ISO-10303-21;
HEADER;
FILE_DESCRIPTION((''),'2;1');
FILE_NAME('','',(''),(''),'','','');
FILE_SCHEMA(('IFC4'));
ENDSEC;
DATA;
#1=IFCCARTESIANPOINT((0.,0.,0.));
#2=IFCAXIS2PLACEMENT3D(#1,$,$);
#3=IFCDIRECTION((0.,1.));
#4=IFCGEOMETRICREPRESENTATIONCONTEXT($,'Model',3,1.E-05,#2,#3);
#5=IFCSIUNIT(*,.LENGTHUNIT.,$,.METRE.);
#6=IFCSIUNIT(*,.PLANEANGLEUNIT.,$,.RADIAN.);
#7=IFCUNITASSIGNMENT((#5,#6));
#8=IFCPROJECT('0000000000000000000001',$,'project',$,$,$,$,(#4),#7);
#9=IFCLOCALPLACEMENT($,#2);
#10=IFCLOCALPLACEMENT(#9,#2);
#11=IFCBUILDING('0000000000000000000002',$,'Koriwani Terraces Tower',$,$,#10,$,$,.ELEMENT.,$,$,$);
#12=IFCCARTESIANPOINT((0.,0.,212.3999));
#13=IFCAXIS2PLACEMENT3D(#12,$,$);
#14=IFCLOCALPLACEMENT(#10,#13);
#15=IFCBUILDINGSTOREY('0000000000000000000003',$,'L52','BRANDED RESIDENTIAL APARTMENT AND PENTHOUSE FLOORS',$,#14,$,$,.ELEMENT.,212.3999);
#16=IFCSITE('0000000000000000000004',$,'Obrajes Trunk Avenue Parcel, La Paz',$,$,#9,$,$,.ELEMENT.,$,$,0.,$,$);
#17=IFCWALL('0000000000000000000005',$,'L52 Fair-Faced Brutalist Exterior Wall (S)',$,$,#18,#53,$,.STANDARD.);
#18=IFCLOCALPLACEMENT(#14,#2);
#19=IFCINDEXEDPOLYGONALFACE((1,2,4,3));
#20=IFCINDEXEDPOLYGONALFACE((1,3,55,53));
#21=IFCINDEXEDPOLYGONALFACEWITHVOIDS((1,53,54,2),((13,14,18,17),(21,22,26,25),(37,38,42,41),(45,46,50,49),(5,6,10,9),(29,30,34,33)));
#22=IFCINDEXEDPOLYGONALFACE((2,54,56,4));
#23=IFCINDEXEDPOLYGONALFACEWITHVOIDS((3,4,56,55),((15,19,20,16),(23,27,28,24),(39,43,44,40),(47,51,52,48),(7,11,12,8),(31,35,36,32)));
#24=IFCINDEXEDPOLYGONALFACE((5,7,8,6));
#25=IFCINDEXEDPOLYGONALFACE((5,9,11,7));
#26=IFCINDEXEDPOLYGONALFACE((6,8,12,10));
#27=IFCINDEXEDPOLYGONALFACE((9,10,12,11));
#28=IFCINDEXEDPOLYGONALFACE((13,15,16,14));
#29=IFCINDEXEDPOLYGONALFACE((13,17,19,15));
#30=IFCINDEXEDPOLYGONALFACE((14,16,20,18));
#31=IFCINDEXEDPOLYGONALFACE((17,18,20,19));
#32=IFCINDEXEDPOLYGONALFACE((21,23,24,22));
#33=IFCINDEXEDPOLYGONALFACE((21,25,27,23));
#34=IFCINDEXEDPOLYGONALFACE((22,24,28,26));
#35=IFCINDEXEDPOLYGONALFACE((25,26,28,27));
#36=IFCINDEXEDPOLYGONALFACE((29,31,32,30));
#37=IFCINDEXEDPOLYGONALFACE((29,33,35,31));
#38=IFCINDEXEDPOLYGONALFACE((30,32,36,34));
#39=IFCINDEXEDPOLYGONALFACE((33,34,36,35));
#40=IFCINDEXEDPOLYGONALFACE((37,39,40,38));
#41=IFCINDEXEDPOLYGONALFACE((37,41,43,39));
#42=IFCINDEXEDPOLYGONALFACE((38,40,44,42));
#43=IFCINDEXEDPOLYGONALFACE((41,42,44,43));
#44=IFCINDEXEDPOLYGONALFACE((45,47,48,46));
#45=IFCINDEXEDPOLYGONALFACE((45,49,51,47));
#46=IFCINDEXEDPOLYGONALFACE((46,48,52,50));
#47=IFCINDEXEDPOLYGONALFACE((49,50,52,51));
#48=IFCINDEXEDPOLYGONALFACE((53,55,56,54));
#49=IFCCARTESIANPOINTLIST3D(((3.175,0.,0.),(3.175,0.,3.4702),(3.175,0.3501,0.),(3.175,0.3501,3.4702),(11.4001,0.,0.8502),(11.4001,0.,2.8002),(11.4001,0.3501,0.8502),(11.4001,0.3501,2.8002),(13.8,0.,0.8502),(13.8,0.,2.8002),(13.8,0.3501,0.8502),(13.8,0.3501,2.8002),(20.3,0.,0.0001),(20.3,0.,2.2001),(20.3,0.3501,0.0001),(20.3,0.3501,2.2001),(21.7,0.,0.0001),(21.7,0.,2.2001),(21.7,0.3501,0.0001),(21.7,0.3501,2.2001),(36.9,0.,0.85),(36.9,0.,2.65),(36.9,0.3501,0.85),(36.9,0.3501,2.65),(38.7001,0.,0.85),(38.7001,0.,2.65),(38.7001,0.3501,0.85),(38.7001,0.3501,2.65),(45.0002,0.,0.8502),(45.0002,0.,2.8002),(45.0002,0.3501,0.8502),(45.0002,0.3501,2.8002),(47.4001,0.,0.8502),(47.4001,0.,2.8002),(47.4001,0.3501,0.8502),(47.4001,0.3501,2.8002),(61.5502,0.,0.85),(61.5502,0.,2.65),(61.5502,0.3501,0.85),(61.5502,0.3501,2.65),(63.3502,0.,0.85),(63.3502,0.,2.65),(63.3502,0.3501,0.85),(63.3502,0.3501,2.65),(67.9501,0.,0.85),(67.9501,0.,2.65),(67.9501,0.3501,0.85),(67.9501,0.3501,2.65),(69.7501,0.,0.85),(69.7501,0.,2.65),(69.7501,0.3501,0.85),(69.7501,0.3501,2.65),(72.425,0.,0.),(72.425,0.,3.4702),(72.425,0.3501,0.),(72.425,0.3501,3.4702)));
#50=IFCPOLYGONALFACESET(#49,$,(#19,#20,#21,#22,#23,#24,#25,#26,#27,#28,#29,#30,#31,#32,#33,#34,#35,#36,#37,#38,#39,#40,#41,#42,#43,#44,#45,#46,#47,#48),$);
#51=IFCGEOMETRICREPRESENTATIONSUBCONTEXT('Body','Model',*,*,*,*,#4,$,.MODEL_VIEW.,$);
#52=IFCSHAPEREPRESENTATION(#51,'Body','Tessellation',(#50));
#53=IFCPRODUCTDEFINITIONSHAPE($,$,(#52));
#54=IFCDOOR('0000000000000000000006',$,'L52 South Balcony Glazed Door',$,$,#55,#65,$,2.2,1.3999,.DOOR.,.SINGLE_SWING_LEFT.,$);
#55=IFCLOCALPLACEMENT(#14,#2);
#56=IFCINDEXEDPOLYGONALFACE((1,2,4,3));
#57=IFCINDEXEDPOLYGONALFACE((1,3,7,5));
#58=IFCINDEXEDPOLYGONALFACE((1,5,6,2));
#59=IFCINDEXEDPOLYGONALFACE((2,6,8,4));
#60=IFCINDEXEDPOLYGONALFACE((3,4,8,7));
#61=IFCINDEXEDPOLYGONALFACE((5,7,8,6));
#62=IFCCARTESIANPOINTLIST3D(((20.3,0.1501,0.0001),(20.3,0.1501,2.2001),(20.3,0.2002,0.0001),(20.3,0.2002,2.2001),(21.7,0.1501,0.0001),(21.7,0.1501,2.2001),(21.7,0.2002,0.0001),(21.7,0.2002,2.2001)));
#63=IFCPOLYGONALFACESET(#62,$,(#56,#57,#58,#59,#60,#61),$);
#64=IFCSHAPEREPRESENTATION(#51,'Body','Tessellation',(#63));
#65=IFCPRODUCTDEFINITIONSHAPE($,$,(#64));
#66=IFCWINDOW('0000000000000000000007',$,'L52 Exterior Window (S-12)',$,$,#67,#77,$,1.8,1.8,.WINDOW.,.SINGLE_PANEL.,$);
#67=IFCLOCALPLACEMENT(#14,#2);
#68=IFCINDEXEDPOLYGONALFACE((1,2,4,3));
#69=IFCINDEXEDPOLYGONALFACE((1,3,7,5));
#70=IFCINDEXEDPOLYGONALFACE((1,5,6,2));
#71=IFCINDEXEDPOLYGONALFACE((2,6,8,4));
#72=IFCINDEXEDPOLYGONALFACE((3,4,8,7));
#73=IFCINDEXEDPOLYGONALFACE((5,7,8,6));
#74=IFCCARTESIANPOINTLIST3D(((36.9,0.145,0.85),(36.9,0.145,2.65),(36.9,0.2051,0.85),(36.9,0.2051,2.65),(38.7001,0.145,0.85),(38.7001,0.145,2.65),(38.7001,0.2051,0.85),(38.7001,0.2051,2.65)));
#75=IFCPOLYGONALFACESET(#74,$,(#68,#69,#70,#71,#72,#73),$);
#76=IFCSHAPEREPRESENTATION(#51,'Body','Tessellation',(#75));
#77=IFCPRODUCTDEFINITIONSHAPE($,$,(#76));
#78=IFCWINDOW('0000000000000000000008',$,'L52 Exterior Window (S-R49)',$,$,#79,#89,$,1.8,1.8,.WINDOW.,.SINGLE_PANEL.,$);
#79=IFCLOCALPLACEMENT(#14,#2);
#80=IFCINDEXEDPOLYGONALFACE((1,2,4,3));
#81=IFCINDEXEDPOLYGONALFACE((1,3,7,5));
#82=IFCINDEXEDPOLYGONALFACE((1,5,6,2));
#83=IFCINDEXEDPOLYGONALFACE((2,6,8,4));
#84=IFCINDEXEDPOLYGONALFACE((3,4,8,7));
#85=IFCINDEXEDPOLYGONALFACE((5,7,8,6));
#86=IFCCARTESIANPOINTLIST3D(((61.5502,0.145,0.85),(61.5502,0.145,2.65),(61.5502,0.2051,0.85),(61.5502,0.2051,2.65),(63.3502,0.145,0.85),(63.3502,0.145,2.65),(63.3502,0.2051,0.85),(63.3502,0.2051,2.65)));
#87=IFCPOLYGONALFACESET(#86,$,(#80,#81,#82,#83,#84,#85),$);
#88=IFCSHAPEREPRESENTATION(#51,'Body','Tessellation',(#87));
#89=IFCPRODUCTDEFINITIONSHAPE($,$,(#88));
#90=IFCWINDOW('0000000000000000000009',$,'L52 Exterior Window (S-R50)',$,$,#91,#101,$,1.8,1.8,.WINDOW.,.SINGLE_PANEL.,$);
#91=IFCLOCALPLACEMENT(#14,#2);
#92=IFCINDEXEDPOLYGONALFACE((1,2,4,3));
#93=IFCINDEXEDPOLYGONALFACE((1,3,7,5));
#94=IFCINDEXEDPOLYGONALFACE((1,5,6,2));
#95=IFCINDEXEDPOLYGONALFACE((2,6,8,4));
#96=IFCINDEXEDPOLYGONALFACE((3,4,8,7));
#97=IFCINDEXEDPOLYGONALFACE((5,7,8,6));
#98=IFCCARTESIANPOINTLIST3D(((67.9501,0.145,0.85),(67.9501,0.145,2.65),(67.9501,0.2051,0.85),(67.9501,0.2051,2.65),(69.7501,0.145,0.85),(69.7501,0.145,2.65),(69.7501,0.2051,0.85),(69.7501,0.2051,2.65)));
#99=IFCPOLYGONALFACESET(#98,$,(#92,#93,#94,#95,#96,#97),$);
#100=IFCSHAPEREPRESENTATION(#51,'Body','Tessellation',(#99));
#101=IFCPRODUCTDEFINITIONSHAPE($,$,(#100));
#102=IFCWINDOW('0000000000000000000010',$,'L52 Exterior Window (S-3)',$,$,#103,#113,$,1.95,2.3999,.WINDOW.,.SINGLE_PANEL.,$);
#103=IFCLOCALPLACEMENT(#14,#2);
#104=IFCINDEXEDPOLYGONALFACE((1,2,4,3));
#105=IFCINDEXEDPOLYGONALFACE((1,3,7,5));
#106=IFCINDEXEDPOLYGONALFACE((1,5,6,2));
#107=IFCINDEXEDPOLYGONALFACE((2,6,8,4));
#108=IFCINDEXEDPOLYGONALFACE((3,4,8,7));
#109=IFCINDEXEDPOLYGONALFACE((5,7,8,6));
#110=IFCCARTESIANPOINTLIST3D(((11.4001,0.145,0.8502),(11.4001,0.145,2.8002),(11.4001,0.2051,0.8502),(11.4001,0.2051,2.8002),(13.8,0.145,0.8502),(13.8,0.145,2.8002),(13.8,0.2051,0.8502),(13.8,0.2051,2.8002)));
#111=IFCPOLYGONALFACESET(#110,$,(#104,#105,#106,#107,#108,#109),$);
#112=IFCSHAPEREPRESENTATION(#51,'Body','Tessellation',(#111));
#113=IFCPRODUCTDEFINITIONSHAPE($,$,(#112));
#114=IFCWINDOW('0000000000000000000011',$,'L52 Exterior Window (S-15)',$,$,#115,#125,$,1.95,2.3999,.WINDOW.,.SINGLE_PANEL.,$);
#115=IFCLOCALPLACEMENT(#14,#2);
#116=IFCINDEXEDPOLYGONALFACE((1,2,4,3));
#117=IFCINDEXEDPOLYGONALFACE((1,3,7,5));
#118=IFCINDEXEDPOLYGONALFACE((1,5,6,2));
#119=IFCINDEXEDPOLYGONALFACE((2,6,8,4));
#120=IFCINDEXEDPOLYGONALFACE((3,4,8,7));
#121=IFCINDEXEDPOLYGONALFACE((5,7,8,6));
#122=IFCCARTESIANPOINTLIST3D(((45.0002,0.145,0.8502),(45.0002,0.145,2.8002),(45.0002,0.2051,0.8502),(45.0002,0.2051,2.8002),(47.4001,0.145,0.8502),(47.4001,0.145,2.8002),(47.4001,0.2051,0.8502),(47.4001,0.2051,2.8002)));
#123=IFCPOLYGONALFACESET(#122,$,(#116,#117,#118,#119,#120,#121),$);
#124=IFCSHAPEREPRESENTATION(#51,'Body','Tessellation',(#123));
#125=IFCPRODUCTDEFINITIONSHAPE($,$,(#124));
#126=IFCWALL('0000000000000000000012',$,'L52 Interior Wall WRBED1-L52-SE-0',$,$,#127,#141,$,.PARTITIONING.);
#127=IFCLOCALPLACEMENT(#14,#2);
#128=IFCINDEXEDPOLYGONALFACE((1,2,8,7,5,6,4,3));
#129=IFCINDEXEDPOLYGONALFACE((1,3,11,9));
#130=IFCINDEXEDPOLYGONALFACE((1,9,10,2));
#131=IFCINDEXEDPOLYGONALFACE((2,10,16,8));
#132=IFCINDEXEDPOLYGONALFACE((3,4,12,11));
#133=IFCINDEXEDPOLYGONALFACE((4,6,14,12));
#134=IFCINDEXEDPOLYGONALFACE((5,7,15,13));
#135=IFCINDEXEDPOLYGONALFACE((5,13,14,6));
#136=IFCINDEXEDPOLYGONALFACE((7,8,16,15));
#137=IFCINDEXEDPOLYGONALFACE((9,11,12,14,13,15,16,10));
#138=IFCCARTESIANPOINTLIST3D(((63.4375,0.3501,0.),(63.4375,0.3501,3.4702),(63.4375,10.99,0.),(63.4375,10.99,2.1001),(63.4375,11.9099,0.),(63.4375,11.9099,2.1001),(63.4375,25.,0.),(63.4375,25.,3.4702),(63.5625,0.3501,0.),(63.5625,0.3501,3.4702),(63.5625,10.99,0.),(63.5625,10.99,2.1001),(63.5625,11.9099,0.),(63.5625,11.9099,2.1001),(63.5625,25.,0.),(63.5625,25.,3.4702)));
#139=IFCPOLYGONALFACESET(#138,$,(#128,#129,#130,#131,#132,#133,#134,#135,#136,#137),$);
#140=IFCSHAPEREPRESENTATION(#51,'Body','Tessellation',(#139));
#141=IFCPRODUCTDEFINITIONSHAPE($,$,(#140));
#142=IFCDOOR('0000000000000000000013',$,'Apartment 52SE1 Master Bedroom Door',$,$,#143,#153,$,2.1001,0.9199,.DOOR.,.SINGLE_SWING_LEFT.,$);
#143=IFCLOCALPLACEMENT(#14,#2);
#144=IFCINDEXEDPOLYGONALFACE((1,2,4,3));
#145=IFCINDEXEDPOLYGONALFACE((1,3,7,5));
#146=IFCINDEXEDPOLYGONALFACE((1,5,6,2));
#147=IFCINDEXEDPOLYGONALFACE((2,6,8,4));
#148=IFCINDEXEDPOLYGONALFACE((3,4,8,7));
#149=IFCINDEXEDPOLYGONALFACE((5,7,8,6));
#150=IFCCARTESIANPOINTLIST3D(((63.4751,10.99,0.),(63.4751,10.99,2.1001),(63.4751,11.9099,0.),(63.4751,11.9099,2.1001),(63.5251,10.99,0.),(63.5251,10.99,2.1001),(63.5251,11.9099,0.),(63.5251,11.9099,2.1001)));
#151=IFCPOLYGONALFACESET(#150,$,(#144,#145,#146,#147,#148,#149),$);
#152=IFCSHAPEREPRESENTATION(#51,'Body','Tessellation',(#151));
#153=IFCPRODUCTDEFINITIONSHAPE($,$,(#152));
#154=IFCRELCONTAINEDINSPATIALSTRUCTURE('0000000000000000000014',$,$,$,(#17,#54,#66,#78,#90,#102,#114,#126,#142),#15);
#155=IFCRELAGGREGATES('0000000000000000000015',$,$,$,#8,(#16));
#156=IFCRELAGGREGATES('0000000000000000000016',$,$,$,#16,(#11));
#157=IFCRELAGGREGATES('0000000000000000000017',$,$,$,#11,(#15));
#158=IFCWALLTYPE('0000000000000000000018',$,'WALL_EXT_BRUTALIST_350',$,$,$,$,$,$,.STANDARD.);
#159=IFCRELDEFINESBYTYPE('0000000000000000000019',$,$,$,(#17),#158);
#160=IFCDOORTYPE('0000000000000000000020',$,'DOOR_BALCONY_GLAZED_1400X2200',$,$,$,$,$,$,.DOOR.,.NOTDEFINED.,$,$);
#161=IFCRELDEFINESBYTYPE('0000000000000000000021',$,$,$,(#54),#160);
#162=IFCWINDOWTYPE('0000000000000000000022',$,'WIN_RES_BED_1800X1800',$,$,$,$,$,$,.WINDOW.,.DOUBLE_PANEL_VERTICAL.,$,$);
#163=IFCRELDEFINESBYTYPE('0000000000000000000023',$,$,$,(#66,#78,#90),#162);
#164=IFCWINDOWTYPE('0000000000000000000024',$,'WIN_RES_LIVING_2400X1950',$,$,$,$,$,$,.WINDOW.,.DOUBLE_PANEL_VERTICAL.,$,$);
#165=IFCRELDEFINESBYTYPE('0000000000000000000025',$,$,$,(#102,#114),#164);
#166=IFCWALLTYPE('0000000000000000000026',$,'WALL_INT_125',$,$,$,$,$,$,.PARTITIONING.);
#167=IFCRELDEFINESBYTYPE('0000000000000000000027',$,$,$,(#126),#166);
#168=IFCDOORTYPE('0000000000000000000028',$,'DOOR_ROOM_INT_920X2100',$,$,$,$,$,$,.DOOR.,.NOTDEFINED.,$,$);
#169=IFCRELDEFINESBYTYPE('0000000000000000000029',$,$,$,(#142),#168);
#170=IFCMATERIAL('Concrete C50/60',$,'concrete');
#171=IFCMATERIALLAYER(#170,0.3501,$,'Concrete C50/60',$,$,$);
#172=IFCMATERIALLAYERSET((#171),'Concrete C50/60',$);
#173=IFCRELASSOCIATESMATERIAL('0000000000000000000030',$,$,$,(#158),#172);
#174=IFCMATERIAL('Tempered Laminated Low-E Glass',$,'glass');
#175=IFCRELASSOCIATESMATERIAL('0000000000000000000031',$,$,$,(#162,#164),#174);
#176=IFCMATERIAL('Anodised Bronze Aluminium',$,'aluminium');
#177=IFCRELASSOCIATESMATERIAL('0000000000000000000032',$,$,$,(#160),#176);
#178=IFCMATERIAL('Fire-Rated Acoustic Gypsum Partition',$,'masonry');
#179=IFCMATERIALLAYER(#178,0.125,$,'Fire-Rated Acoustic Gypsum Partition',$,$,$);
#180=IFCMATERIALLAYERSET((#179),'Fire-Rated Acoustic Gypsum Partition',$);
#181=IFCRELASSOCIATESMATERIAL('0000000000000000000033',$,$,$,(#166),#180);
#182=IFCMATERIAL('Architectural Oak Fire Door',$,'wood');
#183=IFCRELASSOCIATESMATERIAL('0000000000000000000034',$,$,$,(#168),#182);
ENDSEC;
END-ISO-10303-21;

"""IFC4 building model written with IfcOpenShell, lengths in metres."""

from ifc_helpers import new_model, si_unit, direction, frame, frame_2d, origin, place, context, subcontext, project, spatial, rectangle, extrude, material, layer, layer_set, type_object, element, fill, save


model = new_model("IFC4")

# Units and contexts
model_context = context("Model", 3, precision=1e-05, world=origin(), true_north=direction((0.0, 1.0)))
body_context = subcontext(model_context, "Body", "Model", "MODEL_VIEW")
ifc_project = project(units=[si_unit("LENGTHUNIT", "METRE"), si_unit("PLANEANGLEUNIT", "RADIAN")], contexts=[model_context])

# Site, building, storey
site_placement = place(None, origin())
site = spatial("IfcSite", under=ifc_project, at=site_placement, Name="Obrajes Trunk Avenue Parcel, La Paz", CompositionType="ELEMENT", RefElevation=0.0)
building_placement = place(site_placement, origin())
building = spatial("IfcBuilding", under=site, at=building_placement, Name="Koriwani Terraces Tower", CompositionType="ELEMENT")
storey_placement = place(building_placement, frame((0.0, 0.0, 212.3999)))
storey = spatial("IfcBuildingStorey", under=building, at=storey_placement, Name="L52", Description="BRANDED RESIDENTIAL APARTMENT AND PENTHOUSE FLOORS", CompositionType="ELEMENT", Elevation=212.3999)

# Shared definitions
ifc_material_1 = material(Name="Concrete C50/60", Category="concrete")

# Shared definitions
ifc_material_2 = material(Name="Anodised Bronze Aluminium", Category="aluminium")

# Shared definitions
ifc_layer_1 = layer(ifc_material_1, 0.3501, Name="Concrete C50/60")
ifc_layer_set_1 = layer_set([ifc_layer_1], Name="Concrete C50/60")
wall_type_1 = type_object("IfcWallType", Name="WALL_EXT_BRUTALIST_350", PredefinedType="STANDARD", material=ifc_layer_set_1)

# Shared definitions
ifc_material_3 = material(Name="Tempered Laminated Low-E Glass", Category="glass")
window_type_1 = type_object("IfcWindowType", Name="WIN_RES_BED_1800X1800", PartitioningType="DOUBLE_PANEL_VERTICAL", PredefinedType="WINDOW", material=ifc_material_3)

# Wall, openings, door, windows
wall_1_placement = place(storey_placement, frame((72.425, 0.175, 0.0), z_axis=(0.0, 0.0, 1.0), x_axis=(-1.0, 0.0, 0.0)))
wall_1 = element("IfcWall", 1, at=wall_1_placement, inside=storey, type_object=wall_type_1, Name="L52 Fair-Faced Brutalist Exterior Wall (S)", PredefinedType="STANDARD", context=body_context, shape_type="SweptSolid", body=[
    extrude(rectangle(XDim=69.25, YDim=0.3501, at=frame_2d((34.625, 0.0))), origin(), (0.0, 0.0, 1.0), 3.4702),
])
opening_1_placement = place(wall_1_placement, frame((50.7251, 0.0, 0.0)))
opening_1 = element("IfcOpeningElement", 2, at=opening_1_placement, cuts=wall_1, PredefinedType="OPENING", context=body_context, shape_type="SweptSolid", body=[
    extrude(rectangle(XDim=1.3999, YDim=2.2, at=frame_2d((0.7, 1.1001))), frame((0.0, 0.1851, 0.0), z_axis=(0.0, -1.0, 0.0), x_axis=(1.0, 0.0, 0.0)), (0.0, 0.0, 1.0), 0.3701),
])
opening_2_placement = place(wall_1_placement, frame((58.625, 0.0, 0.8501)))
opening_2 = element("IfcOpeningElement", 3, at=opening_2_placement, cuts=wall_1, PredefinedType="OPENING", context=body_context, shape_type="SweptSolid", body=[
    extrude(rectangle(XDim=2.3999, YDim=1.95, at=frame_2d((1.2, 0.9751))), frame((0.0, 0.1851, 0.0), z_axis=(0.0, -1.0, 0.0), x_axis=(1.0, 0.0, 0.0)), (0.0, 0.0, 1.0), 0.3701),
])
opening_3_placement = place(wall_1_placement, frame((33.7251, 0.0, 0.8501)))
opening_3 = element("IfcOpeningElement", 4, at=opening_3_placement, cuts=wall_1, PredefinedType="OPENING", context=body_context, shape_type="SweptSolid", body=[
    extrude(rectangle(XDim=1.8, YDim=1.8, at=frame_2d((0.8999, 0.8999))), frame((0.0, 0.1851, 0.0), z_axis=(0.0, -1.0, 0.0), x_axis=(1.0, 0.0, 0.0)), (0.0, 0.0, 1.0), 0.3701),
])
opening_4_placement = place(wall_1_placement, frame((25.0249, 0.0, 0.8501)))
opening_4 = element("IfcOpeningElement", 5, at=opening_4_placement, cuts=wall_1, PredefinedType="OPENING", context=body_context, shape_type="SweptSolid", body=[
    extrude(rectangle(XDim=2.3999, YDim=1.95, at=frame_2d((1.2, 0.9751))), frame((0.0, 0.1851, 0.0), z_axis=(0.0, -1.0, 0.0), x_axis=(1.0, 0.0, 0.0)), (0.0, 0.0, 1.0), 0.3701),
])
opening_5_placement = place(wall_1_placement, frame((9.075, 0.0, 0.8501)))
opening_5 = element("IfcOpeningElement", 6, at=opening_5_placement, cuts=wall_1, PredefinedType="OPENING", context=body_context, shape_type="SweptSolid", body=[
    extrude(rectangle(XDim=1.8, YDim=1.8, at=frame_2d((0.8999, 0.8999))), frame((0.0, 0.1851, 0.0), z_axis=(0.0, -1.0, 0.0), x_axis=(1.0, 0.0, 0.0)), (0.0, 0.0, 1.0), 0.3701),
])
opening_6_placement = place(wall_1_placement, frame((2.675, 0.0, 0.8501)))
opening_6 = element("IfcOpeningElement", 7, at=opening_6_placement, cuts=wall_1, PredefinedType="OPENING", context=body_context, shape_type="SweptSolid", body=[
    extrude(rectangle(XDim=1.8, YDim=1.8, at=frame_2d((0.8999, 0.8999))), frame((0.0, 0.1851, 0.0), z_axis=(0.0, -1.0, 0.0), x_axis=(1.0, 0.0, 0.0)), (0.0, 0.0, 1.0), 0.3701),
])
door_type_1 = type_object("IfcDoorType", Name="DOOR_BALCONY_GLAZED_1400X2200", OperationType="NOTDEFINED", PredefinedType="DOOR", material=ifc_material_2)
door_1_placement = place(opening_1_placement, origin())
door_1 = element("IfcDoor", 8, at=door_1_placement, inside=storey, type_object=door_type_1, Name="L52 South Balcony Glazed Door", OperationType="SINGLE_SWING_LEFT", OverallHeight=2.2, OverallWidth=1.3999, PredefinedType="DOOR", context=body_context, shape_type="SweptSolid", body=[
    extrude(rectangle(XDim=1.3999, YDim=2.2, at=frame_2d((0.7, 1.1001))), frame((0.0, 0.0249, 0.0), z_axis=(0.0, -1.0, 0.0), x_axis=(1.0, 0.0, 0.0)), (0.0, 0.0, 1.0), 0.05),
])
fill(opening_1, door_1)
window_1_placement = place(opening_3_placement, origin())
window_1 = element("IfcWindow", 9, at=window_1_placement, inside=storey, type_object=window_type_1, Name="L52 Exterior Window (S-12)", OverallHeight=1.8, OverallWidth=1.8, PartitioningType="SINGLE_PANEL", PredefinedType="WINDOW", context=body_context, shape_type="SweptSolid", body=[
    extrude(rectangle(XDim=1.8, YDim=1.8, at=frame_2d((0.8999, 0.8999))), frame((0.0, 0.03, 0.0), z_axis=(0.0, -1.0, 0.0), x_axis=(1.0, 0.0, 0.0)), (0.0, 0.0, 1.0), 0.0601),
])
fill(opening_3, window_1)
window_2_placement = place(opening_5_placement, origin())
window_2 = element("IfcWindow", 10, at=window_2_placement, inside=storey, type_object=window_type_1, Name="L52 Exterior Window (S-R49)", OverallHeight=1.8, OverallWidth=1.8, PartitioningType="SINGLE_PANEL", PredefinedType="WINDOW", context=body_context, shape_type="SweptSolid", body=[
    extrude(rectangle(XDim=1.8, YDim=1.8, at=frame_2d((0.8999, 0.8999))), frame((0.0, 0.03, 0.0), z_axis=(0.0, -1.0, 0.0), x_axis=(1.0, 0.0, 0.0)), (0.0, 0.0, 1.0), 0.0601),
])
fill(opening_5, window_2)
window_3_placement = place(opening_6_placement, origin())
window_3 = element("IfcWindow", 11, at=window_3_placement, inside=storey, type_object=window_type_1, Name="L52 Exterior Window (S-R50)", OverallHeight=1.8, OverallWidth=1.8, PartitioningType="SINGLE_PANEL", PredefinedType="WINDOW", context=body_context, shape_type="SweptSolid", body=[
    extrude(rectangle(XDim=1.8, YDim=1.8, at=frame_2d((0.8999, 0.8999))), frame((0.0, 0.03, 0.0), z_axis=(0.0, -1.0, 0.0), x_axis=(1.0, 0.0, 0.0)), (0.0, 0.0, 1.0), 0.0601),
])
fill(opening_6, window_3)
window_type_2 = type_object("IfcWindowType", Name="WIN_RES_LIVING_2400X1950", PartitioningType="DOUBLE_PANEL_VERTICAL", PredefinedType="WINDOW", material=ifc_material_3)
window_4_placement = place(opening_2_placement, origin())
window_4 = element("IfcWindow", 12, at=window_4_placement, inside=storey, type_object=window_type_2, Name="L52 Exterior Window (S-3)", OverallHeight=1.95, OverallWidth=2.3999, PartitioningType="SINGLE_PANEL", PredefinedType="WINDOW", context=body_context, shape_type="SweptSolid", body=[
    extrude(rectangle(XDim=2.3999, YDim=1.95, at=frame_2d((1.2, 0.9751))), frame((0.0, 0.03, 0.0), z_axis=(0.0, -1.0, 0.0), x_axis=(1.0, 0.0, 0.0)), (0.0, 0.0, 1.0), 0.0601),
])
fill(opening_2, window_4)
window_5_placement = place(opening_4_placement, origin())
window_5 = element("IfcWindow", 13, at=window_5_placement, inside=storey, type_object=window_type_2, Name="L52 Exterior Window (S-15)", OverallHeight=1.95, OverallWidth=2.3999, PartitioningType="SINGLE_PANEL", PredefinedType="WINDOW", context=body_context, shape_type="SweptSolid", body=[
    extrude(rectangle(XDim=2.3999, YDim=1.95, at=frame_2d((1.2, 0.9751))), frame((0.0, 0.03, 0.0), z_axis=(0.0, -1.0, 0.0), x_axis=(1.0, 0.0, 0.0)), (0.0, 0.0, 1.0), 0.0601),
])
fill(opening_4, window_5)

# Wall, opening, door
ifc_material_4 = material(Name="Fire-Rated Acoustic Gypsum Partition", Category="masonry")
ifc_layer_2 = layer(ifc_material_4, 0.125, Name="Fire-Rated Acoustic Gypsum Partition")
ifc_layer_set_2 = layer_set([ifc_layer_2], Name="Fire-Rated Acoustic Gypsum Partition")
wall_type_2 = type_object("IfcWallType", Name="WALL_INT_125", PredefinedType="PARTITIONING", material=ifc_layer_set_2)
wall_2_placement = place(storey_placement, frame((63.5, 0.3501, 0.0), z_axis=(0.0, 0.0, 1.0), x_axis=(0.0, 1.0, 0.0)))
wall_2 = element("IfcWall", 14, at=wall_2_placement, inside=storey, type_object=wall_type_2, Name="L52 Interior Wall WRBED1-L52-SE-0", PredefinedType="PARTITIONING", context=body_context, shape_type="SweptSolid", body=[
    extrude(rectangle(XDim=24.6499, YDim=0.125, at=frame_2d((12.325, 0.0))), origin(), (0.0, 0.0, 1.0), 3.4702),
])
opening_7_placement = place(wall_2_placement, frame((10.6399, 0.0, 0.0)))
opening_7 = element("IfcOpeningElement", 15, at=opening_7_placement, cuts=wall_2, PredefinedType="OPENING", context=body_context, shape_type="SweptSolid", body=[
    extrude(rectangle(XDim=0.9199, YDim=2.1001, at=frame_2d((0.46, 1.05))), frame((0.0, 0.0725, 0.0), z_axis=(0.0, -1.0, 0.0), x_axis=(1.0, 0.0, 0.0)), (0.0, 0.0, 1.0), 0.145),
])
ifc_material_5 = material(Name="Architectural Oak Fire Door", Category="wood")
door_type_2 = type_object("IfcDoorType", Name="DOOR_ROOM_INT_920X2100", OperationType="NOTDEFINED", PredefinedType="DOOR", material=ifc_material_5)
door_2_placement = place(opening_7_placement, origin())
door_2 = element("IfcDoor", 16, at=door_2_placement, inside=storey, type_object=door_type_2, Name="Apartment 52SE1 Master Bedroom Door", OperationType="SINGLE_SWING_LEFT", OverallHeight=2.1001, OverallWidth=0.9199, PredefinedType="DOOR", context=body_context, shape_type="SweptSolid", body=[
    extrude(rectangle(XDim=0.9199, YDim=2.1001, at=frame_2d((0.46, 1.05))), frame((0.0, 0.0249, 0.0), z_axis=(0.0, -1.0, 0.0), x_axis=(1.0, 0.0, 0.0)), (0.0, 0.0, 1.0), 0.05),
])
fill(opening_7, door_2)

save(model, "model.ifc")
